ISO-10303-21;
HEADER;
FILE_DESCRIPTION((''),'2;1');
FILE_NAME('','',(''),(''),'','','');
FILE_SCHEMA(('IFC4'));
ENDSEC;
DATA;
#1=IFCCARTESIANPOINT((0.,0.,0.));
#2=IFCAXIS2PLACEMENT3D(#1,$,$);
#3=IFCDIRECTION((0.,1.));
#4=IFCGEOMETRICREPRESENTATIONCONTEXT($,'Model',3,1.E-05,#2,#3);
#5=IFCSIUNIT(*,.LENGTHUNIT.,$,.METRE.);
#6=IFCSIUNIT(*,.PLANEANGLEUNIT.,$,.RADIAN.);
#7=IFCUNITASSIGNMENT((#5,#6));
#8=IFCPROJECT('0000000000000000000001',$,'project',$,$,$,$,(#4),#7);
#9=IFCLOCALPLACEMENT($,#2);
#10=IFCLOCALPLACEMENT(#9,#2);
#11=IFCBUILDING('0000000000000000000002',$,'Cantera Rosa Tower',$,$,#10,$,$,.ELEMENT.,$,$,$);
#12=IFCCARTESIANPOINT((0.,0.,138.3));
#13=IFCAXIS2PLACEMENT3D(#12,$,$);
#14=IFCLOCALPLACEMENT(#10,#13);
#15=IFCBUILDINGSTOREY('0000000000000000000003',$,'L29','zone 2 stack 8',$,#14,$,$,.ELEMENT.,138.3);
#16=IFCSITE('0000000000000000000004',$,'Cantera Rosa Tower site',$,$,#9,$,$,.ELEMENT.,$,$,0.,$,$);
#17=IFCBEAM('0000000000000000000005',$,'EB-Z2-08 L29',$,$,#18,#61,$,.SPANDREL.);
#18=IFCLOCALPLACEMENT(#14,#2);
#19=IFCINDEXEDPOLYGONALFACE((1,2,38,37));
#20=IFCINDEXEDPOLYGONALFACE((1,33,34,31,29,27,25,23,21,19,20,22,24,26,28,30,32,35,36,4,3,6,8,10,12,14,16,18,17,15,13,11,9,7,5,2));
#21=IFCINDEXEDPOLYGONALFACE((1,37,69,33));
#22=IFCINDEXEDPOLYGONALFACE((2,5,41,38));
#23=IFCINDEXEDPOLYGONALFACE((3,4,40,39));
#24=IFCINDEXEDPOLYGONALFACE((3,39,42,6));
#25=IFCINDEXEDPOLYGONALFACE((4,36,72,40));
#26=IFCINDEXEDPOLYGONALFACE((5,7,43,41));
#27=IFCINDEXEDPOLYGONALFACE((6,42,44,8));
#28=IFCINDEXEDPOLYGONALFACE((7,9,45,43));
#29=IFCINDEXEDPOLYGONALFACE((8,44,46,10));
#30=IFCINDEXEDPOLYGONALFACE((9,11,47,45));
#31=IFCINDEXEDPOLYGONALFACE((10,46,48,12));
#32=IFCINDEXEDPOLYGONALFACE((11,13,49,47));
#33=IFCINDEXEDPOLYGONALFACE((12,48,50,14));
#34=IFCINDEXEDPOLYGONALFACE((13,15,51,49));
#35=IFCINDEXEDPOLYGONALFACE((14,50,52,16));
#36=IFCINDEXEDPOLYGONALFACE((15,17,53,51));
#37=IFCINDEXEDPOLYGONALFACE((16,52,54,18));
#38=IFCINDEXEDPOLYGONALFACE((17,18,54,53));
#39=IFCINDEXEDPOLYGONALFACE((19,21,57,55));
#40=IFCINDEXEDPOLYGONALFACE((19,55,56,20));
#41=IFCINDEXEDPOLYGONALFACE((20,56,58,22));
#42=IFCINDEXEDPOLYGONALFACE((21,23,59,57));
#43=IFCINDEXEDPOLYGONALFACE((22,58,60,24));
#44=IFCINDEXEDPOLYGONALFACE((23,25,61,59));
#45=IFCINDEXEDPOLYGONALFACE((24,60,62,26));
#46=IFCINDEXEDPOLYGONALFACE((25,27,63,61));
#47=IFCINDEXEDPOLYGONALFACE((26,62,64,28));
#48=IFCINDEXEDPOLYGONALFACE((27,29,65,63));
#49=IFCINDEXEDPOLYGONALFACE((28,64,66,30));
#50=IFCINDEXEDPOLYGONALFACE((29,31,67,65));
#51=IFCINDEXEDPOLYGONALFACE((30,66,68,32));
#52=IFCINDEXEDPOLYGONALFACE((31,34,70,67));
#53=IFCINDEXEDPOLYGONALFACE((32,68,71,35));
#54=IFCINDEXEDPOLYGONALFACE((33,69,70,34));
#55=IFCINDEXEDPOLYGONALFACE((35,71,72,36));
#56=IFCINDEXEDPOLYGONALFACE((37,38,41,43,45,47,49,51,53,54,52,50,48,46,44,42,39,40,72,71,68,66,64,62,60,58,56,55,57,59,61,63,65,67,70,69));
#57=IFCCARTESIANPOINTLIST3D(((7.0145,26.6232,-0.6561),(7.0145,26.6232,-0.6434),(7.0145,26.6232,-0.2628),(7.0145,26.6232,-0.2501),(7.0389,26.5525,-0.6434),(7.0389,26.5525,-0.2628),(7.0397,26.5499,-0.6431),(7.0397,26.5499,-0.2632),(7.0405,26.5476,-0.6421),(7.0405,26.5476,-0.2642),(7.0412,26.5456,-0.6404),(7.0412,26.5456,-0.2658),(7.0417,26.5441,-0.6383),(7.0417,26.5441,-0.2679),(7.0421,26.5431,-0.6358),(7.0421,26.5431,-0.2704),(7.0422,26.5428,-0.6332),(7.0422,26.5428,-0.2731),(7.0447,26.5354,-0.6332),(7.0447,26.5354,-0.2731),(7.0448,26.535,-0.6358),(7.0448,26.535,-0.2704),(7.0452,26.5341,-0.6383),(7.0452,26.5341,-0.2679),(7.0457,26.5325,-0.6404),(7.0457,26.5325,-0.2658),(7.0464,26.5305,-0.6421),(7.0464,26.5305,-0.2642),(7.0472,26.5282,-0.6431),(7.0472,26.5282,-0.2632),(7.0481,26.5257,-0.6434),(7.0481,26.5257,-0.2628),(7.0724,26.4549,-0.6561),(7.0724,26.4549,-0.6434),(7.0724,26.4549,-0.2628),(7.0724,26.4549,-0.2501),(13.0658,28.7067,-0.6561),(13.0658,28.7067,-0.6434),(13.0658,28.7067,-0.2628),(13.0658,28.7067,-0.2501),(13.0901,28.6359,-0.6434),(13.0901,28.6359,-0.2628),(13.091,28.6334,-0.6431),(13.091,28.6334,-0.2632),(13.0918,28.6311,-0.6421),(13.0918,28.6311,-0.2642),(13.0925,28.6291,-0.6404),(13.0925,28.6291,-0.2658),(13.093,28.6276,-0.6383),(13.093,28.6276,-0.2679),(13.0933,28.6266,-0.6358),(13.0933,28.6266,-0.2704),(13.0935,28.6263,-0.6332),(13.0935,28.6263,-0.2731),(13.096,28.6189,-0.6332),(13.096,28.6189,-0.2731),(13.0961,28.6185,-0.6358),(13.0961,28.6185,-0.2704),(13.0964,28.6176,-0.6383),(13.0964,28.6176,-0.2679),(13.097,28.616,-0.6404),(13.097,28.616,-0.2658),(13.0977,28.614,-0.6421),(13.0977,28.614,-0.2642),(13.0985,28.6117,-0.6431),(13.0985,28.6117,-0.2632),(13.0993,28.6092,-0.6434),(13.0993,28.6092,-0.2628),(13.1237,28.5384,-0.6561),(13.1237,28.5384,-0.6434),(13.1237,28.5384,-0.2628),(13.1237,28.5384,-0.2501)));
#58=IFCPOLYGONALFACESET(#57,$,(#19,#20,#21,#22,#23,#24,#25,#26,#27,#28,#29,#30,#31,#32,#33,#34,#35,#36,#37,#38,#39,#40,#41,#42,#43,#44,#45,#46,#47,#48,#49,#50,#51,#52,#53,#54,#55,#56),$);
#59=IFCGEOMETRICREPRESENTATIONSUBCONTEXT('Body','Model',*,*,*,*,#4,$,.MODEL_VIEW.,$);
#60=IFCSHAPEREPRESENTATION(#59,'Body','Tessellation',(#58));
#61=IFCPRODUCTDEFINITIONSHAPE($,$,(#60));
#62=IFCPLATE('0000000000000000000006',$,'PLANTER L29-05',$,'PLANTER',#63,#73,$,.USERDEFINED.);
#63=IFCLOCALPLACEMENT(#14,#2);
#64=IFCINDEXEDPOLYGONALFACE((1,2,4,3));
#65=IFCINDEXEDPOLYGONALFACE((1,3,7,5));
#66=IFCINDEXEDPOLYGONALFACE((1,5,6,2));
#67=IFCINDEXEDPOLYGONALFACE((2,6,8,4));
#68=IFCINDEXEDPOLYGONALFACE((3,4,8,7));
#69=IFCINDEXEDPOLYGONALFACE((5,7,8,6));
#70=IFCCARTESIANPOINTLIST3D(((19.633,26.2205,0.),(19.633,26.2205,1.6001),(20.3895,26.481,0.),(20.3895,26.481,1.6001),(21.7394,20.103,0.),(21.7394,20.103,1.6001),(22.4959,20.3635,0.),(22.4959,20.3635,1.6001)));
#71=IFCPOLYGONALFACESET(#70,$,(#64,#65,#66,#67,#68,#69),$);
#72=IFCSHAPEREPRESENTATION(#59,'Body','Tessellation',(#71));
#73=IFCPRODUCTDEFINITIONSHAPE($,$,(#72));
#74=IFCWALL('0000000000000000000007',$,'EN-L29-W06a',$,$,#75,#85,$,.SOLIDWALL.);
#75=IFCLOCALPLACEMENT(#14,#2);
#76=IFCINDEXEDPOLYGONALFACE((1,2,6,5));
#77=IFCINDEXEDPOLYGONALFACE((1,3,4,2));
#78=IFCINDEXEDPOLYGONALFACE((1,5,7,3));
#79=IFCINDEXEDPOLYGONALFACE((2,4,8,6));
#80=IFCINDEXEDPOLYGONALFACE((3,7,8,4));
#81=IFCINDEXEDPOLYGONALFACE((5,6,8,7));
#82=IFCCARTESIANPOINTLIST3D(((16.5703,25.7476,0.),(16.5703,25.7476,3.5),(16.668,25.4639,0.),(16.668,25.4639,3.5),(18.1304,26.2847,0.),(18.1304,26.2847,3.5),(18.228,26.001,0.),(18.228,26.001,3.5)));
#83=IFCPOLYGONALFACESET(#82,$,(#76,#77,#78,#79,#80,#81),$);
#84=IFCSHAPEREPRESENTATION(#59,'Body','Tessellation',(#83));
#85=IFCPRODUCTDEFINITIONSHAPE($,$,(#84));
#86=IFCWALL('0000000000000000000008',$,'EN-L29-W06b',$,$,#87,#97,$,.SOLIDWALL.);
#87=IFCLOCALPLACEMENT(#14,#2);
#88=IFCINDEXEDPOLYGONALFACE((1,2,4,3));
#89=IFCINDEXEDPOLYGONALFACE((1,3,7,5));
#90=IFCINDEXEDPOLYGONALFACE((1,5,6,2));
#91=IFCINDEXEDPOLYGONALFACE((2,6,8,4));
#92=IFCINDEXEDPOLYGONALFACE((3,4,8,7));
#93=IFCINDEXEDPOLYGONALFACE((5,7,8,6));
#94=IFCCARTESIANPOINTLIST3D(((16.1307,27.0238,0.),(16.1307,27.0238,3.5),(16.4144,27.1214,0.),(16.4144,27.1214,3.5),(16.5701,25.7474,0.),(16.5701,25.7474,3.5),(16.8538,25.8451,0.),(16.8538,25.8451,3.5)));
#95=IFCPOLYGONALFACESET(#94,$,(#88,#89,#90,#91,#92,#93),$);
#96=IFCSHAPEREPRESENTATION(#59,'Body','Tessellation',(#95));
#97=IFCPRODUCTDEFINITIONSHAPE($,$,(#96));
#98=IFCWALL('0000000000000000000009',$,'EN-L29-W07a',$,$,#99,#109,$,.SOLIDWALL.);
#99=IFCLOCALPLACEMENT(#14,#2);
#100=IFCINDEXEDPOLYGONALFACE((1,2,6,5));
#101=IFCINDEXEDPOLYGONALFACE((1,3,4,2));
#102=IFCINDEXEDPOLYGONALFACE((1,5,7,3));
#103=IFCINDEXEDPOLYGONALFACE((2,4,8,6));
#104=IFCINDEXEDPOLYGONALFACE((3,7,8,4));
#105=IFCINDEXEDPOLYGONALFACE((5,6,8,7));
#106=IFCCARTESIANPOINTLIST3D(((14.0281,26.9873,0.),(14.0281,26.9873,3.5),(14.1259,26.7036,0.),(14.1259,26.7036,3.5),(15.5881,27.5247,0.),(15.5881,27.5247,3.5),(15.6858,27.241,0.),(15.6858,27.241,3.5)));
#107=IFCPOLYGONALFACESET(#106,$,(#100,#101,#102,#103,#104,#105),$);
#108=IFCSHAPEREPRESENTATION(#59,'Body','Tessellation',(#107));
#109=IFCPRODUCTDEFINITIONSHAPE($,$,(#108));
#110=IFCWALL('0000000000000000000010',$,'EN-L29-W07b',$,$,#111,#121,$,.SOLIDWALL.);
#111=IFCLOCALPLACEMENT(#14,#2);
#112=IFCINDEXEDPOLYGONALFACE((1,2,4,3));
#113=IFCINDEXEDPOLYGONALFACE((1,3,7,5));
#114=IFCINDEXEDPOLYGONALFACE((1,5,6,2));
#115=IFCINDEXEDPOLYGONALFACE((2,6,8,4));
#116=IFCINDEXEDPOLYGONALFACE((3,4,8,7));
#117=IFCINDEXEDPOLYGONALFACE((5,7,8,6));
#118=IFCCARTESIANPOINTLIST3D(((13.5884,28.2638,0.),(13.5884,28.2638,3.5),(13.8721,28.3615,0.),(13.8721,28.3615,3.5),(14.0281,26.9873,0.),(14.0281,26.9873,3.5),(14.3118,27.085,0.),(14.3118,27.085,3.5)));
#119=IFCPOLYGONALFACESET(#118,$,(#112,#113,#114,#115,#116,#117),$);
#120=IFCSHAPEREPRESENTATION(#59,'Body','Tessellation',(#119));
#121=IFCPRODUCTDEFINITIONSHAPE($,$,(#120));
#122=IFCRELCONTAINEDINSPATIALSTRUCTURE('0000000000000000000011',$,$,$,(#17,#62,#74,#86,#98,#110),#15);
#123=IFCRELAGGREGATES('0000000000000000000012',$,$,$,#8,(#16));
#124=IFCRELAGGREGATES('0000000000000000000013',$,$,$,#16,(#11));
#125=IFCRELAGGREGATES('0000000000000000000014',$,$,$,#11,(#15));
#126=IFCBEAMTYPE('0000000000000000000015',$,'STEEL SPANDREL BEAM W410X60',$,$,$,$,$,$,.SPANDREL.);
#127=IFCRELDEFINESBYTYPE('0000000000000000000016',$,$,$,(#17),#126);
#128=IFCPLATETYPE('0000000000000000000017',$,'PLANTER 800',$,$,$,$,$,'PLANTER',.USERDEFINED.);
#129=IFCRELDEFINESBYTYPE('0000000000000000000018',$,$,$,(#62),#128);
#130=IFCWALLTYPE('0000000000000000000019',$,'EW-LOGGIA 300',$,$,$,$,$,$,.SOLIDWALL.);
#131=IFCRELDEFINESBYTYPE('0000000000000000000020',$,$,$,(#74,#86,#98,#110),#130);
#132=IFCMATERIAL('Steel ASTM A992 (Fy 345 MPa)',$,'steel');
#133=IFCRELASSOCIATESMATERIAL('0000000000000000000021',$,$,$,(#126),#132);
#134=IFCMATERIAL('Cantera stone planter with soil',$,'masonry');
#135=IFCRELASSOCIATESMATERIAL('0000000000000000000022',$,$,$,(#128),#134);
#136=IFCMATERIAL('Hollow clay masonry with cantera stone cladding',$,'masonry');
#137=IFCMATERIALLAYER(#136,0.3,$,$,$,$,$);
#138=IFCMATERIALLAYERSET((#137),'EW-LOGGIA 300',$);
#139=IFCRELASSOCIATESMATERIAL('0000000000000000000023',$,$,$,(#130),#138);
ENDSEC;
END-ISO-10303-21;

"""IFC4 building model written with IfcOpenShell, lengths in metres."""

from ifc_helpers import new_model, si_unit, direction, frame, frame_2d, origin, origin_2d, place, context, subcontext, project, spatial, rectangle, i_section, extrude, material, layer, layer_set, material_profile, profile_set, type_object, element, save


model = new_model("IFC4")

# Units and contexts
model_context = context("Model", 3, precision=1e-05, world=origin(), true_north=direction((0.0, 1.0)))
body_context = subcontext(model_context, "Body", "Model", "MODEL_VIEW")
ifc_project = project(units=[si_unit("LENGTHUNIT", "METRE"), si_unit("PLANEANGLEUNIT", "RADIAN")], contexts=[model_context])

# Site, building, storey
site_placement = place(None, origin())
site = spatial("IfcSite", under=ifc_project, at=site_placement, Name="Cantera Rosa Tower site", CompositionType="ELEMENT", RefElevation=0.0)
building_placement = place(site_placement, origin())
building = spatial("IfcBuilding", under=site, at=building_placement, Name="Cantera Rosa Tower", CompositionType="ELEMENT")
storey_placement = place(building_placement, frame((0.0, 0.0, 138.3)))
storey = spatial("IfcBuildingStorey", under=building, at=storey_placement, Name="L29", Description="zone 2 stack 8", CompositionType="ELEMENT", Elevation=138.3)

# Beam
ifc_material_1 = material(Name="Steel ASTM A992 (Fy 345 MPa)", Category="steel")
ifc_material_profile_1 = material_profile(ifc_material_1, i_section(OverallWidth=0.178, OverallDepth=0.406, WebThickness=0.0078, FlangeThickness=0.0127, FilletRadius=0.0103, at=origin_2d()), Name="W410X60")
ifc_profile_set_1 = profile_set([ifc_material_profile_1], Name="Steel ASTM A992 (Fy 345 MPa)")
beam_type_1 = type_object("IfcBeamType", Name="STEEL SPANDREL BEAM W410X60", PredefinedType="SPANDREL", material=ifc_profile_set_1)
beam_1_placement = place(storey_placement, frame((13.0947, 28.6226, -0.4531), z_axis=(-0.945524, -0.325551, 0.0), x_axis=(0.325551, -0.945524, 0.0)))
element("IfcBeam", 1, at=beam_1_placement, inside=storey, type_object=beam_type_1, Name="EB-Z2-08 L29", PredefinedType="SPANDREL", context=body_context, shape_type="SweptSolid", body=[
    extrude(i_section(OverallWidth=0.178, OverallDepth=0.406, WebThickness=0.0078, FlangeThickness=0.0127, FilletRadius=0.0103, at=origin_2d()), origin(), (0.0, 0.0, 1.0), 6.3999),
])

# Plate
ifc_material_2 = material(Name="Cantera stone planter with soil", Category="masonry")
plate_type = type_object("IfcPlateType", Name="PLANTER 800", ElementType="PLANTER", PredefinedType="USERDEFINED", material=ifc_material_2)
plate_placement = place(storey_placement, frame((21.0645, 23.292, 0.0), z_axis=(0.0, 0.0, 1.0), x_axis=(-0.325568, 0.945519, 0.0)))
element("IfcPlate", 2, at=plate_placement, inside=storey, type_object=plate_type, Name="PLANTER L29-05", ObjectType="PLANTER", PredefinedType="USERDEFINED", context=body_context, shape_type="SweptSolid", body=[
    extrude(rectangle(XDim=6.47, YDim=0.8, at=origin_2d()), origin(), (0.0, 0.0, 1.0), 1.6001),
])

# Walls
ifc_material_3 = material(Name="Hollow clay masonry with cantera stone cladding", Category="masonry")
ifc_layer_1 = layer(ifc_material_3, 0.3)
ifc_layer_set_1 = layer_set([ifc_layer_1], Name="EW-LOGGIA 300")
wall_type_1 = type_object("IfcWallType", Name="EW-LOGGIA 300", PredefinedType="SOLIDWALL", material=ifc_layer_set_1)
wall_1_placement = place(storey_placement, frame((18.1792, 26.1428, 0.0), z_axis=(0.0, 0.0, 1.0), x_axis=(-0.94553, -0.325535, 0.0)))
element("IfcWall", 3, at=wall_1_placement, inside=storey, type_object=wall_type_1, Name="EN-L29-W06a", PredefinedType="SOLIDWALL", context=body_context, shape_type="SweptSolid", body=[
    extrude(rectangle(XDim=1.6499, YDim=0.3, at=frame_2d((0.825, 0.0))), origin(), (0.0, 0.0, 1.0), 3.5),
])
wall_2_placement = place(storey_placement, frame((16.7119, 25.7964, 0.0), z_axis=(0.0, 0.0, 1.0), x_axis=(-0.325545, 0.945527, 0.0)))
element("IfcWall", 4, at=wall_2_placement, inside=storey, type_object=wall_type_1, Name="EN-L29-W06b", PredefinedType="SOLIDWALL", context=body_context, shape_type="SweptSolid", body=[
    extrude(rectangle(XDim=1.3499, YDim=0.3, at=frame_2d((0.6748, 0.0))), origin(), (0.0, 0.0, 1.0), 3.5),
])
wall_3_placement = place(storey_placement, frame((15.637, 27.3828, 0.0), z_axis=(0.0, 0.0, 1.0), x_axis=(-0.945485, -0.325667, 0.0)))
element("IfcWall", 5, at=wall_3_placement, inside=storey, type_object=wall_type_1, Name="EN-L29-W07a", PredefinedType="SOLIDWALL", context=body_context, shape_type="SweptSolid", body=[
    extrude(rectangle(XDim=1.6499, YDim=0.3, at=frame_2d((0.825, 0.0))), origin(), (0.0, 0.0, 1.0), 3.5),
])
wall_4_placement = place(storey_placement, frame((14.1699, 27.0361, 0.0), z_axis=(0.0, 0.0, 1.0), x_axis=(-0.325651, 0.94549, 0.0)))
element("IfcWall", 6, at=wall_4_placement, inside=storey, type_object=wall_type_1, Name="EN-L29-W07b", PredefinedType="SOLIDWALL", context=body_context, shape_type="SweptSolid", body=[
    extrude(rectangle(XDim=1.3501, YDim=0.3, at=frame_2d((0.675, 0.0))), origin(), (0.0, 0.0, 1.0), 3.5),
])

save(model, "model.ifc")
